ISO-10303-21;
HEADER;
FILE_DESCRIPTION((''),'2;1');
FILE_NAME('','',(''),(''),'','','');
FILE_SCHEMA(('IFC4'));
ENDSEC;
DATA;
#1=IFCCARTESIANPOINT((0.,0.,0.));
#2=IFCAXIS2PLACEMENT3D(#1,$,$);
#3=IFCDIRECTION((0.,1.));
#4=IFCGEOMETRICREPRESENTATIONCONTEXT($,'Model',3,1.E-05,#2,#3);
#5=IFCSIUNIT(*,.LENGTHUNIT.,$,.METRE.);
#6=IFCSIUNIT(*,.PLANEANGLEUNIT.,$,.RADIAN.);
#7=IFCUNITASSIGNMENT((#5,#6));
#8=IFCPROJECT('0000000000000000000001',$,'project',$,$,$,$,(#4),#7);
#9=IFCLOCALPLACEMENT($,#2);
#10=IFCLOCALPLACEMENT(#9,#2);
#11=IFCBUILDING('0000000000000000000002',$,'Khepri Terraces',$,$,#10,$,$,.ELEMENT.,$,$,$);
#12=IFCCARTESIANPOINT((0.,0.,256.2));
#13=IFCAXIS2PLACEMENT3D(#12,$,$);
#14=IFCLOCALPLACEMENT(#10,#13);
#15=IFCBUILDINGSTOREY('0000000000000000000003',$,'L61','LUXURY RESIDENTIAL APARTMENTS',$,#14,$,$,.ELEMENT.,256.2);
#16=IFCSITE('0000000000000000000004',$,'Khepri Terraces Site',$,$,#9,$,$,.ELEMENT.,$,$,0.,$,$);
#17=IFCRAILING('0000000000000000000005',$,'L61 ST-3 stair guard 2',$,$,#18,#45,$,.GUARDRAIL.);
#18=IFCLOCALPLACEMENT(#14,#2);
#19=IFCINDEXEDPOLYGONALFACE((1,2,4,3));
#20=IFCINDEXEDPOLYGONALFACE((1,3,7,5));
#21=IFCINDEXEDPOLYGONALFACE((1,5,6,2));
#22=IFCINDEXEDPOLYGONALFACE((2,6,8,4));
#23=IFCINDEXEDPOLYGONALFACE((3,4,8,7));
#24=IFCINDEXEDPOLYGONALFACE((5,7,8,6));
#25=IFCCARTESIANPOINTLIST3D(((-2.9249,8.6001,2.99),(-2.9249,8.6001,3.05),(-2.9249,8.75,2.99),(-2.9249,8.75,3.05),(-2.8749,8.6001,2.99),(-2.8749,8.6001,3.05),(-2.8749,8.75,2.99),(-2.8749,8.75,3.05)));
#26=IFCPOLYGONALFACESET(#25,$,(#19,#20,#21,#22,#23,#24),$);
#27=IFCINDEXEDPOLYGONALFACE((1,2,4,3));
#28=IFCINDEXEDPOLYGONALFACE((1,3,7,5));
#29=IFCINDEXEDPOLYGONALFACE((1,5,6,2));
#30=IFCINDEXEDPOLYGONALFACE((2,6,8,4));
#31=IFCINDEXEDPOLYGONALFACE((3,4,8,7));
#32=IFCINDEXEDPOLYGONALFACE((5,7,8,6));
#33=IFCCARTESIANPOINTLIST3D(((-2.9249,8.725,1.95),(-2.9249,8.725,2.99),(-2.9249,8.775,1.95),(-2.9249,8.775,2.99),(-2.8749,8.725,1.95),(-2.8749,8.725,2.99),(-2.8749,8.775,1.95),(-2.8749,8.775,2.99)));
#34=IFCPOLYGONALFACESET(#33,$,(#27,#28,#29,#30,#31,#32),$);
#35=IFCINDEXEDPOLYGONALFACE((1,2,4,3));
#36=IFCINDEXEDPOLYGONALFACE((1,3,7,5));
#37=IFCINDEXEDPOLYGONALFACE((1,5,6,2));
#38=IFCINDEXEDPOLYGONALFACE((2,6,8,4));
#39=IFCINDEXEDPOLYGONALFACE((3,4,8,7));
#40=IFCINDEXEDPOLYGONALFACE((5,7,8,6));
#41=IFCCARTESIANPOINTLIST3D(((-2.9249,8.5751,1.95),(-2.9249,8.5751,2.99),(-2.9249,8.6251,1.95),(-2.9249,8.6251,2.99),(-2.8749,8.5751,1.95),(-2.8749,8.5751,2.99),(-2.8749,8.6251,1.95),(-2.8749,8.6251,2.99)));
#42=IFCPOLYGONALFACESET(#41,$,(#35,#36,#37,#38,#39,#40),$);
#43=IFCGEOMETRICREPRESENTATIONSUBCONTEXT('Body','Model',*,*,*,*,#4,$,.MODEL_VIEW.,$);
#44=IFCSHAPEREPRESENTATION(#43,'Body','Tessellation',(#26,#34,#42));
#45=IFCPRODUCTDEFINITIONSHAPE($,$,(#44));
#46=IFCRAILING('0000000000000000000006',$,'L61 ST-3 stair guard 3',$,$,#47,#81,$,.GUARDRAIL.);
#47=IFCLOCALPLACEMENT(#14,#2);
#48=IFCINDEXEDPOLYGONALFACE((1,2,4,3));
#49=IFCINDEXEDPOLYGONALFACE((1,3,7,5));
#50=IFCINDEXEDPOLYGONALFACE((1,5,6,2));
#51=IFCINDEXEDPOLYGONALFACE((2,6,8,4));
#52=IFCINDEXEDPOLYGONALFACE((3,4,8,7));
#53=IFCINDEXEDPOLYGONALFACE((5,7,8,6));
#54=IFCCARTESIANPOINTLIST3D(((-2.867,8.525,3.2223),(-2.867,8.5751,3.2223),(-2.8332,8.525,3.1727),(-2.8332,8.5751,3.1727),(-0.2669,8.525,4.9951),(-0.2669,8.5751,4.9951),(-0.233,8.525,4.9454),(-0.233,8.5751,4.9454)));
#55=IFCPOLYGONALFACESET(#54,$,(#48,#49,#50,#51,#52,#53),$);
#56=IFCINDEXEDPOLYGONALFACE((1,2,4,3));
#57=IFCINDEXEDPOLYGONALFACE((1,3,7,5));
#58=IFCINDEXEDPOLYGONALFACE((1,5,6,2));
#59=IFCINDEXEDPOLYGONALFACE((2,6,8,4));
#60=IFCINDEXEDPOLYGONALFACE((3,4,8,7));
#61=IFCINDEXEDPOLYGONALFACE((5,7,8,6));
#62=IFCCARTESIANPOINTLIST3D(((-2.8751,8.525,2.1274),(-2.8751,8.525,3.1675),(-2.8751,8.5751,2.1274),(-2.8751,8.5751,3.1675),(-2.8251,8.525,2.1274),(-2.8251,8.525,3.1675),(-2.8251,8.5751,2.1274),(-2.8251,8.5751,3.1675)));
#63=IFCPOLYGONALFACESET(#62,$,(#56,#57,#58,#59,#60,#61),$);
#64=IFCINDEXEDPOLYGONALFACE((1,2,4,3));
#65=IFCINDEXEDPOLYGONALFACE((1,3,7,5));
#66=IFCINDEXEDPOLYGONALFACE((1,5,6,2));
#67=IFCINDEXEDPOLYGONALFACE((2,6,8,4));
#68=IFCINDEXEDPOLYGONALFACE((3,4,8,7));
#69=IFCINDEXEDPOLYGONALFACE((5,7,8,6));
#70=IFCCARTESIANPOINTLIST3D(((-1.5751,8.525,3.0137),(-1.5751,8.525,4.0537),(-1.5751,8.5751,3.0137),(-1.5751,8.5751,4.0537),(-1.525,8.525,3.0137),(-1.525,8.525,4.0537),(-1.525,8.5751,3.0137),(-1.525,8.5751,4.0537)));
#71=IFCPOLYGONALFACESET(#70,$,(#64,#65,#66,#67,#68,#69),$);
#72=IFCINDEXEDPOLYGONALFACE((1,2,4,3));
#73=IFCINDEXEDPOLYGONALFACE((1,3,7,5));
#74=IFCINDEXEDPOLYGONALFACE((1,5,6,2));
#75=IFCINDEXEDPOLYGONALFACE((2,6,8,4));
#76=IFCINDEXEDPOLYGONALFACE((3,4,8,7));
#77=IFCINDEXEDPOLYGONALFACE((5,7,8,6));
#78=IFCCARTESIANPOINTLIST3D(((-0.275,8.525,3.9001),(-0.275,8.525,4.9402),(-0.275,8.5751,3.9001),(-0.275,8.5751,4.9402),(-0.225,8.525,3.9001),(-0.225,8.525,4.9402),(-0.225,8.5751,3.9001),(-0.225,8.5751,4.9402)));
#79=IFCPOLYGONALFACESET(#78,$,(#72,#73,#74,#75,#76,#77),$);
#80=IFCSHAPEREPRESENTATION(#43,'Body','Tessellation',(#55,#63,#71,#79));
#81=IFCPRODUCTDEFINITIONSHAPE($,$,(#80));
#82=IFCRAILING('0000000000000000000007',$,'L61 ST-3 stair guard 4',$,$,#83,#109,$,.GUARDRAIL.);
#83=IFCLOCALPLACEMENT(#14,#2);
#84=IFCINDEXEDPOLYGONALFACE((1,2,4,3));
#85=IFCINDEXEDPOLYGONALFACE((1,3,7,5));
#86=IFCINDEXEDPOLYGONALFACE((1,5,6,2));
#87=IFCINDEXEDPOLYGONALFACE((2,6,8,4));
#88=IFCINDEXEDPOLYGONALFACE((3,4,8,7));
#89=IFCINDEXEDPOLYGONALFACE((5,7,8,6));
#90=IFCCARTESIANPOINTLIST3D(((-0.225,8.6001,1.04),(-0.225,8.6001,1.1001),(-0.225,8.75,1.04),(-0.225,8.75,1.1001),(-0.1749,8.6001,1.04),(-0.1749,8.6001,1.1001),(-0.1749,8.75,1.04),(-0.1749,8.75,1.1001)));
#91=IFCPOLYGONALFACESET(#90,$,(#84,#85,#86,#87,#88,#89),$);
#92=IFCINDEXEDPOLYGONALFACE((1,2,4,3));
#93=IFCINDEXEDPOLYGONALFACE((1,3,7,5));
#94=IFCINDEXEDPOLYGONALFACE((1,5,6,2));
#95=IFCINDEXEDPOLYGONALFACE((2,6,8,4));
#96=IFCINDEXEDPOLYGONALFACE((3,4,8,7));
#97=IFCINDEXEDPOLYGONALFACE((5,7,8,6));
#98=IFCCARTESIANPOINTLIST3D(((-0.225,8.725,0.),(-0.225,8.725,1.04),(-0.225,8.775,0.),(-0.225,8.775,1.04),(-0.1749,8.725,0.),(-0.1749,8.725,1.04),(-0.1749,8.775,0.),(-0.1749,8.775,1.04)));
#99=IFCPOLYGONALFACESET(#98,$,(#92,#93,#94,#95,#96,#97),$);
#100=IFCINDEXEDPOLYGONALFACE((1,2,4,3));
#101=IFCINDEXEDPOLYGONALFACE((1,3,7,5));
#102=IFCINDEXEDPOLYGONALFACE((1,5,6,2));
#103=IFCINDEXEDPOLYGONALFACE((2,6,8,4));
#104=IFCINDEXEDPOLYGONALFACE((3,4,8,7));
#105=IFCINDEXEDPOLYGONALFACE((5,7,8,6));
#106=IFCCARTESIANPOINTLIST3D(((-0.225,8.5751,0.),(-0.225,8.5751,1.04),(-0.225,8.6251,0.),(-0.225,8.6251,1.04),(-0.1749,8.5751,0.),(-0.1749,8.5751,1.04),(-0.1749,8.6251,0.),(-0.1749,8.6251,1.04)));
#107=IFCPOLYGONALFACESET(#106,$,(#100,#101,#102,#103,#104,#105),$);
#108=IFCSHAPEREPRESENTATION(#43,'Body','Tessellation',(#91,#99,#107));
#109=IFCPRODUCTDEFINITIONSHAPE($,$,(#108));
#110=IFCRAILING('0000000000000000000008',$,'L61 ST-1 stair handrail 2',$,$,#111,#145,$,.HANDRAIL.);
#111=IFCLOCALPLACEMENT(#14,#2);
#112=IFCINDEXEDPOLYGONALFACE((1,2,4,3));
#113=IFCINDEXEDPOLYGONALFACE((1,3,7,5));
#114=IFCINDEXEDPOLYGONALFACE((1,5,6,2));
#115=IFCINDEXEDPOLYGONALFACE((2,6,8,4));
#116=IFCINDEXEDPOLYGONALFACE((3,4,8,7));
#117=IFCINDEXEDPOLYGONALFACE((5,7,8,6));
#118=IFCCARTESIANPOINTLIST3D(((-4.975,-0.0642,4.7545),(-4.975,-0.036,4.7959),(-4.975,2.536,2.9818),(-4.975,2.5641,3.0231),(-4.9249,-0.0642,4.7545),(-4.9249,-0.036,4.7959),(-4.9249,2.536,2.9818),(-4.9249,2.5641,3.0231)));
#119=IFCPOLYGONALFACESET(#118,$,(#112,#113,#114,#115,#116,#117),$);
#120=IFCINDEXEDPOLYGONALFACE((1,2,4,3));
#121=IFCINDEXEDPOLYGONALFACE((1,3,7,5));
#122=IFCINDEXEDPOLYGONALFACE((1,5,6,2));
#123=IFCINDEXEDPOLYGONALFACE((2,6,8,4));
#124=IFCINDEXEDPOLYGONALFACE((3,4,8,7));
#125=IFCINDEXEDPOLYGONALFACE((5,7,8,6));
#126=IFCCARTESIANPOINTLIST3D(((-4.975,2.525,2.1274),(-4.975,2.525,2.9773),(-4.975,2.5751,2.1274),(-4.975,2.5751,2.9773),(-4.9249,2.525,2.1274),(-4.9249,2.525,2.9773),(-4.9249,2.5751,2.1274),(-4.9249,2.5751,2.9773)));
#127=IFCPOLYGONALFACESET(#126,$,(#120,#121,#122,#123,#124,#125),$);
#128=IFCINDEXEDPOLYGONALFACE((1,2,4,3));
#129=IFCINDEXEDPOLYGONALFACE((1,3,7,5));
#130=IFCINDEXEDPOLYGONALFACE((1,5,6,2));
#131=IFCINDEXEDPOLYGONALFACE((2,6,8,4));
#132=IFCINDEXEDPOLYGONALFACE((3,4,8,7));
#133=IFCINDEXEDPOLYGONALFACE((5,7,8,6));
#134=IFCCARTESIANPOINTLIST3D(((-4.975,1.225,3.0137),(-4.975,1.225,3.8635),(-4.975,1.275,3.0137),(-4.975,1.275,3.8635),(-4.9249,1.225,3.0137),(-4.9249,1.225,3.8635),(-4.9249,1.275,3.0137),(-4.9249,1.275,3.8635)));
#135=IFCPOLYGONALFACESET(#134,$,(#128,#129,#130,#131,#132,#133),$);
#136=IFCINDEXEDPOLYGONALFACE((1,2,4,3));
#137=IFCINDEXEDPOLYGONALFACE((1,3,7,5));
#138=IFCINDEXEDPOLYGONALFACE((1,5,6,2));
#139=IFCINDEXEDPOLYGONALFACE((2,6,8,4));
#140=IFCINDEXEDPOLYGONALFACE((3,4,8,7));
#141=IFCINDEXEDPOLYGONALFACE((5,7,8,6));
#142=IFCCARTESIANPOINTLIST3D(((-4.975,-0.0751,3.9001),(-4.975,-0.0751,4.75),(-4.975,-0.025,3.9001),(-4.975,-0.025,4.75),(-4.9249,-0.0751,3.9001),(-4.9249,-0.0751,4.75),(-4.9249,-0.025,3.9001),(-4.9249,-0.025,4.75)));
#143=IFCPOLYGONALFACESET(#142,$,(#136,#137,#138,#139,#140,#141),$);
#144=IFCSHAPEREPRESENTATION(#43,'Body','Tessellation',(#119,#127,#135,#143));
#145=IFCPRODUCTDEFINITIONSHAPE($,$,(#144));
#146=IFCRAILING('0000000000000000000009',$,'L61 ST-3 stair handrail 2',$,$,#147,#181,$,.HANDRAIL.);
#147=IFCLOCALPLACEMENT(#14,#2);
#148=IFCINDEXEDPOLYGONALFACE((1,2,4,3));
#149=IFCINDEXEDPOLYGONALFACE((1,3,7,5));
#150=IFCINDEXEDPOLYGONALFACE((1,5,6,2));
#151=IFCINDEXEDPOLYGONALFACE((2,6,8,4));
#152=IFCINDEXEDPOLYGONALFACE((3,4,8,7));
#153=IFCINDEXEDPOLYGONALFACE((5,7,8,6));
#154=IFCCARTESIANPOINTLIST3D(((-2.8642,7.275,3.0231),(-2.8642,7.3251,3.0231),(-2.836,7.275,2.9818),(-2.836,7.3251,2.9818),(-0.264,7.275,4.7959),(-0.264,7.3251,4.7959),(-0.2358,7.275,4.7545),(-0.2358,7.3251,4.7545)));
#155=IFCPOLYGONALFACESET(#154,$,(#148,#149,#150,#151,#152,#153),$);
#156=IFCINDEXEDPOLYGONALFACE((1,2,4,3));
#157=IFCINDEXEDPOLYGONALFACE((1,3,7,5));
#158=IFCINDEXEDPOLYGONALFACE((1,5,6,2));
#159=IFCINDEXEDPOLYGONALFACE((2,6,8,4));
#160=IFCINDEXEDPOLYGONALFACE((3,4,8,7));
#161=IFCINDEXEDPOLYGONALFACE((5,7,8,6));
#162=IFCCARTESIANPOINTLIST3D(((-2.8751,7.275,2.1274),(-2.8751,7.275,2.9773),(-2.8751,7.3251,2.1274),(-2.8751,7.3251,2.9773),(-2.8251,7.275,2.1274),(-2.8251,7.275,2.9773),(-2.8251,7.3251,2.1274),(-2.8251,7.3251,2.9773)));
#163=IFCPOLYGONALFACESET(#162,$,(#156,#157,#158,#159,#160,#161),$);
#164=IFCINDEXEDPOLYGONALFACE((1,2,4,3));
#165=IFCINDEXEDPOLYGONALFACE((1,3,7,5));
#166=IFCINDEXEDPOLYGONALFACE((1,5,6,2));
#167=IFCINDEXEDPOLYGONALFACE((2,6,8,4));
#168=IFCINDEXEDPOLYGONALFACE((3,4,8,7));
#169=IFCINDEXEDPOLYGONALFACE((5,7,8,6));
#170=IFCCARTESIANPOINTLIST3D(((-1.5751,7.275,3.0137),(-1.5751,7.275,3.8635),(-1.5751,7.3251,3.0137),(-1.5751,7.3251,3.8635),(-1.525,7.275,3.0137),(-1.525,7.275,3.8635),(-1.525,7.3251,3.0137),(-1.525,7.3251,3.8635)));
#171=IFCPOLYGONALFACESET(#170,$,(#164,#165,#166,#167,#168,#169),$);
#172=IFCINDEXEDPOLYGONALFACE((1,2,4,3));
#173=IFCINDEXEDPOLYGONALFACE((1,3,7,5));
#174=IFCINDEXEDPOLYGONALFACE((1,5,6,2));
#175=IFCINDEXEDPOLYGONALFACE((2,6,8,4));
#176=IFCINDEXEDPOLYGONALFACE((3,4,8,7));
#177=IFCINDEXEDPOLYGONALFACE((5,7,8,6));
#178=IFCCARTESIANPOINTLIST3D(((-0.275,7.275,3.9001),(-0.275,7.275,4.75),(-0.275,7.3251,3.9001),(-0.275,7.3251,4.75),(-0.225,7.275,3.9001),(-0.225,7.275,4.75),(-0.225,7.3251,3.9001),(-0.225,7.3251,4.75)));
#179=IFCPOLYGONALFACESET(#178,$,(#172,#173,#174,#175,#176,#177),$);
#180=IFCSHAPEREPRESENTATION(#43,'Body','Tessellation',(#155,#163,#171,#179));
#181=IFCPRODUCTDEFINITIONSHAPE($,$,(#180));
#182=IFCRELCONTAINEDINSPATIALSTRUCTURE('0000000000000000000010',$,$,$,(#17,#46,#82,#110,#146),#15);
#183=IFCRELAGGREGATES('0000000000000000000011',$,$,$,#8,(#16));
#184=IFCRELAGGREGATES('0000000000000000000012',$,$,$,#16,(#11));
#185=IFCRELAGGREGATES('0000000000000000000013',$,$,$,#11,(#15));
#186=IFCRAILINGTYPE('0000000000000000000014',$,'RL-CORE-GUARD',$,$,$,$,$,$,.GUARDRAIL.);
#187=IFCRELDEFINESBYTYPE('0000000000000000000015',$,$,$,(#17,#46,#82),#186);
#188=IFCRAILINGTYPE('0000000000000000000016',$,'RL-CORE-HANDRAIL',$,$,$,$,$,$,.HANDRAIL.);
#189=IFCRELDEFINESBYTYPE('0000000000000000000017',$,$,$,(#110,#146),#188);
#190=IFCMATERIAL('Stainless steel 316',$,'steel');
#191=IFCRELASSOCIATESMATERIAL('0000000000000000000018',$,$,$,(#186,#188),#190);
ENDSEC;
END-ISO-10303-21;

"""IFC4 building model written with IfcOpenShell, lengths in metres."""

from ifc_helpers import new_model, si_unit, direction, frame, origin, origin_2d, place, context, subcontext, project, spatial, rectangle, extrude, material, type_object, element, save


model = new_model("IFC4")

# Units and contexts
model_context = context("Model", 3, precision=1e-05, world=origin(), true_north=direction((0.0, 1.0)))
body_context = subcontext(model_context, "Body", "Model", "MODEL_VIEW")
ifc_project = project(units=[si_unit("LENGTHUNIT", "METRE"), si_unit("PLANEANGLEUNIT", "RADIAN")], contexts=[model_context])

# Site, building, storey
site_placement = place(None, origin())
site = spatial("IfcSite", under=ifc_project, at=site_placement, Name="Khepri Terraces Site", CompositionType="ELEMENT", RefElevation=0.0)
building_placement = place(site_placement, origin())
building = spatial("IfcBuilding", under=site, at=building_placement, Name="Khepri Terraces", CompositionType="ELEMENT")
storey_placement = place(building_placement, frame((0.0, 0.0, 256.2)))
storey = spatial("IfcBuildingStorey", under=building, at=storey_placement, Name="L61", Description="LUXURY RESIDENTIAL APARTMENTS", CompositionType="ELEMENT", Elevation=256.2)

# Railings
ifc_material_1 = material(Name="Stainless steel 316", Category="steel")
railing_type_1 = type_object("IfcRailingType", Name="RL-CORE-GUARD", PredefinedType="GUARDRAIL", material=ifc_material_1)
railing_1_placement = place(storey_placement, frame((-2.8999, 8.75, 1.95)))
element("IfcRailing", 1, at=railing_1_placement, inside=storey, type_object=railing_type_1, Name="L61 ST-3 stair guard 2", PredefinedType="GUARDRAIL", context=body_context, shape_type="SweptSolid", body=[
    extrude(rectangle(XDim=0.05, YDim=0.0601, at=origin_2d()), frame((0.0, 0.0, 1.0701), z_axis=(0.0, -1.0, 0.0), x_axis=(1.0, 0.0, 0.0)), (0.0, 0.0, 1.0), 0.1499),
    extrude(rectangle(XDim=0.05, YDim=0.05, at=origin_2d()), origin(), (0.0, 0.0, 1.0), 1.04),
    extrude(rectangle(XDim=0.05, YDim=0.05, at=origin_2d()), frame((0.0, -0.1499, 0.0)), (0.0, 0.0, 1.0), 1.04),
])
railing_2_placement = place(storey_placement, frame((-2.8501, 8.55, 2.1274)))
element("IfcRailing", 2, at=railing_2_placement, inside=storey, type_object=railing_type_1, Name="L61 ST-3 stair guard 3", PredefinedType="GUARDRAIL", context=body_context, shape_type="SweptSolid", body=[
    extrude(rectangle(XDim=0.05, YDim=0.0601, at=origin_2d()), frame((0.0, 0.0, 1.0701), z_axis=(0.82624, 0.0, 0.563318), x_axis=(0.0, 1.0, 0.0)), (0.0, 0.0, 1.0), 3.147),
    extrude(rectangle(XDim=0.05, YDim=0.05, at=origin_2d()), origin(), (0.0, 0.0, 1.0), 1.04),
    extrude(rectangle(XDim=0.05, YDim=0.05, at=origin_2d()), frame((1.3, 0.0, 0.8862)), (0.0, 0.0, 1.0), 1.04),
    extrude(rectangle(XDim=0.05, YDim=0.05, at=origin_2d()), frame((2.6001, 0.0, 1.7727)), (0.0, 0.0, 1.0), 1.04),
])
railing_3_placement = place(storey_placement, frame((-0.2, 8.75, 0.0)))
element("IfcRailing", 3, at=railing_3_placement, inside=storey, type_object=railing_type_1, Name="L61 ST-3 stair guard 4", PredefinedType="GUARDRAIL", context=body_context, shape_type="SweptSolid", body=[
    extrude(rectangle(XDim=0.05, YDim=0.0601, at=origin_2d()), frame((0.0, 0.0, 1.0701), z_axis=(0.0, -1.0, 0.0), x_axis=(1.0, 0.0, 0.0)), (0.0, 0.0, 1.0), 0.1499),
    extrude(rectangle(XDim=0.05, YDim=0.05, at=origin_2d()), origin(), (0.0, 0.0, 1.0), 1.04),
    extrude(rectangle(XDim=0.05, YDim=0.05, at=origin_2d()), frame((0.0, -0.1499, 0.0)), (0.0, 0.0, 1.0), 1.04),
])
railing_type_2 = type_object("IfcRailingType", Name="RL-CORE-HANDRAIL", PredefinedType="HANDRAIL", material=ifc_material_1)
railing_4_placement = place(storey_placement, frame((-4.95, 2.55, 2.1274)))
element("IfcRailing", 4, at=railing_4_placement, inside=storey, type_object=railing_type_2, Name="L61 ST-1 stair handrail 2", PredefinedType="HANDRAIL", context=body_context, shape_type="SweptSolid", body=[
    extrude(rectangle(XDim=0.05, YDim=0.05, at=origin_2d()), frame((0.0, 0.0, 0.875), z_axis=(0.0, -0.82624, 0.563318), x_axis=(1.0, 0.0, 0.0)), (0.0, 0.0, 1.0), 3.147),
    extrude(rectangle(XDim=0.05, YDim=0.05, at=origin_2d()), origin(), (0.0, 0.0, 1.0), 0.8499),
    extrude(rectangle(XDim=0.05, YDim=0.05, at=origin_2d()), frame((0.0, -1.3, 0.8862)), (0.0, 0.0, 1.0), 0.8499),
    extrude(rectangle(XDim=0.05, YDim=0.05, at=origin_2d()), frame((0.0, -2.6001, 1.7727)), (0.0, 0.0, 1.0), 0.8499),
])
railing_5_placement = place(storey_placement, frame((-2.8501, 7.3, 2.1274)))
element("IfcRailing", 5, at=railing_5_placement, inside=storey, type_object=railing_type_2, Name="L61 ST-3 stair handrail 2", PredefinedType="HANDRAIL", context=body_context, shape_type="SweptSolid", body=[
    extrude(rectangle(XDim=0.05, YDim=0.05, at=origin_2d()), frame((0.0, 0.0, 0.875), z_axis=(0.82624, 0.0, 0.563318), x_axis=(0.0, 1.0, 0.0)), (0.0, 0.0, 1.0), 3.147),
    extrude(rectangle(XDim=0.05, YDim=0.05, at=origin_2d()), origin(), (0.0, 0.0, 1.0), 0.8499),
    extrude(rectangle(XDim=0.05, YDim=0.05, at=origin_2d()), frame((1.3, 0.0, 0.8862)), (0.0, 0.0, 1.0), 0.8499),
    extrude(rectangle(XDim=0.05, YDim=0.05, at=origin_2d()), frame((2.6001, 0.0, 1.7727)), (0.0, 0.0, 1.0), 0.8499),
])

save(model, "model.ifc")
